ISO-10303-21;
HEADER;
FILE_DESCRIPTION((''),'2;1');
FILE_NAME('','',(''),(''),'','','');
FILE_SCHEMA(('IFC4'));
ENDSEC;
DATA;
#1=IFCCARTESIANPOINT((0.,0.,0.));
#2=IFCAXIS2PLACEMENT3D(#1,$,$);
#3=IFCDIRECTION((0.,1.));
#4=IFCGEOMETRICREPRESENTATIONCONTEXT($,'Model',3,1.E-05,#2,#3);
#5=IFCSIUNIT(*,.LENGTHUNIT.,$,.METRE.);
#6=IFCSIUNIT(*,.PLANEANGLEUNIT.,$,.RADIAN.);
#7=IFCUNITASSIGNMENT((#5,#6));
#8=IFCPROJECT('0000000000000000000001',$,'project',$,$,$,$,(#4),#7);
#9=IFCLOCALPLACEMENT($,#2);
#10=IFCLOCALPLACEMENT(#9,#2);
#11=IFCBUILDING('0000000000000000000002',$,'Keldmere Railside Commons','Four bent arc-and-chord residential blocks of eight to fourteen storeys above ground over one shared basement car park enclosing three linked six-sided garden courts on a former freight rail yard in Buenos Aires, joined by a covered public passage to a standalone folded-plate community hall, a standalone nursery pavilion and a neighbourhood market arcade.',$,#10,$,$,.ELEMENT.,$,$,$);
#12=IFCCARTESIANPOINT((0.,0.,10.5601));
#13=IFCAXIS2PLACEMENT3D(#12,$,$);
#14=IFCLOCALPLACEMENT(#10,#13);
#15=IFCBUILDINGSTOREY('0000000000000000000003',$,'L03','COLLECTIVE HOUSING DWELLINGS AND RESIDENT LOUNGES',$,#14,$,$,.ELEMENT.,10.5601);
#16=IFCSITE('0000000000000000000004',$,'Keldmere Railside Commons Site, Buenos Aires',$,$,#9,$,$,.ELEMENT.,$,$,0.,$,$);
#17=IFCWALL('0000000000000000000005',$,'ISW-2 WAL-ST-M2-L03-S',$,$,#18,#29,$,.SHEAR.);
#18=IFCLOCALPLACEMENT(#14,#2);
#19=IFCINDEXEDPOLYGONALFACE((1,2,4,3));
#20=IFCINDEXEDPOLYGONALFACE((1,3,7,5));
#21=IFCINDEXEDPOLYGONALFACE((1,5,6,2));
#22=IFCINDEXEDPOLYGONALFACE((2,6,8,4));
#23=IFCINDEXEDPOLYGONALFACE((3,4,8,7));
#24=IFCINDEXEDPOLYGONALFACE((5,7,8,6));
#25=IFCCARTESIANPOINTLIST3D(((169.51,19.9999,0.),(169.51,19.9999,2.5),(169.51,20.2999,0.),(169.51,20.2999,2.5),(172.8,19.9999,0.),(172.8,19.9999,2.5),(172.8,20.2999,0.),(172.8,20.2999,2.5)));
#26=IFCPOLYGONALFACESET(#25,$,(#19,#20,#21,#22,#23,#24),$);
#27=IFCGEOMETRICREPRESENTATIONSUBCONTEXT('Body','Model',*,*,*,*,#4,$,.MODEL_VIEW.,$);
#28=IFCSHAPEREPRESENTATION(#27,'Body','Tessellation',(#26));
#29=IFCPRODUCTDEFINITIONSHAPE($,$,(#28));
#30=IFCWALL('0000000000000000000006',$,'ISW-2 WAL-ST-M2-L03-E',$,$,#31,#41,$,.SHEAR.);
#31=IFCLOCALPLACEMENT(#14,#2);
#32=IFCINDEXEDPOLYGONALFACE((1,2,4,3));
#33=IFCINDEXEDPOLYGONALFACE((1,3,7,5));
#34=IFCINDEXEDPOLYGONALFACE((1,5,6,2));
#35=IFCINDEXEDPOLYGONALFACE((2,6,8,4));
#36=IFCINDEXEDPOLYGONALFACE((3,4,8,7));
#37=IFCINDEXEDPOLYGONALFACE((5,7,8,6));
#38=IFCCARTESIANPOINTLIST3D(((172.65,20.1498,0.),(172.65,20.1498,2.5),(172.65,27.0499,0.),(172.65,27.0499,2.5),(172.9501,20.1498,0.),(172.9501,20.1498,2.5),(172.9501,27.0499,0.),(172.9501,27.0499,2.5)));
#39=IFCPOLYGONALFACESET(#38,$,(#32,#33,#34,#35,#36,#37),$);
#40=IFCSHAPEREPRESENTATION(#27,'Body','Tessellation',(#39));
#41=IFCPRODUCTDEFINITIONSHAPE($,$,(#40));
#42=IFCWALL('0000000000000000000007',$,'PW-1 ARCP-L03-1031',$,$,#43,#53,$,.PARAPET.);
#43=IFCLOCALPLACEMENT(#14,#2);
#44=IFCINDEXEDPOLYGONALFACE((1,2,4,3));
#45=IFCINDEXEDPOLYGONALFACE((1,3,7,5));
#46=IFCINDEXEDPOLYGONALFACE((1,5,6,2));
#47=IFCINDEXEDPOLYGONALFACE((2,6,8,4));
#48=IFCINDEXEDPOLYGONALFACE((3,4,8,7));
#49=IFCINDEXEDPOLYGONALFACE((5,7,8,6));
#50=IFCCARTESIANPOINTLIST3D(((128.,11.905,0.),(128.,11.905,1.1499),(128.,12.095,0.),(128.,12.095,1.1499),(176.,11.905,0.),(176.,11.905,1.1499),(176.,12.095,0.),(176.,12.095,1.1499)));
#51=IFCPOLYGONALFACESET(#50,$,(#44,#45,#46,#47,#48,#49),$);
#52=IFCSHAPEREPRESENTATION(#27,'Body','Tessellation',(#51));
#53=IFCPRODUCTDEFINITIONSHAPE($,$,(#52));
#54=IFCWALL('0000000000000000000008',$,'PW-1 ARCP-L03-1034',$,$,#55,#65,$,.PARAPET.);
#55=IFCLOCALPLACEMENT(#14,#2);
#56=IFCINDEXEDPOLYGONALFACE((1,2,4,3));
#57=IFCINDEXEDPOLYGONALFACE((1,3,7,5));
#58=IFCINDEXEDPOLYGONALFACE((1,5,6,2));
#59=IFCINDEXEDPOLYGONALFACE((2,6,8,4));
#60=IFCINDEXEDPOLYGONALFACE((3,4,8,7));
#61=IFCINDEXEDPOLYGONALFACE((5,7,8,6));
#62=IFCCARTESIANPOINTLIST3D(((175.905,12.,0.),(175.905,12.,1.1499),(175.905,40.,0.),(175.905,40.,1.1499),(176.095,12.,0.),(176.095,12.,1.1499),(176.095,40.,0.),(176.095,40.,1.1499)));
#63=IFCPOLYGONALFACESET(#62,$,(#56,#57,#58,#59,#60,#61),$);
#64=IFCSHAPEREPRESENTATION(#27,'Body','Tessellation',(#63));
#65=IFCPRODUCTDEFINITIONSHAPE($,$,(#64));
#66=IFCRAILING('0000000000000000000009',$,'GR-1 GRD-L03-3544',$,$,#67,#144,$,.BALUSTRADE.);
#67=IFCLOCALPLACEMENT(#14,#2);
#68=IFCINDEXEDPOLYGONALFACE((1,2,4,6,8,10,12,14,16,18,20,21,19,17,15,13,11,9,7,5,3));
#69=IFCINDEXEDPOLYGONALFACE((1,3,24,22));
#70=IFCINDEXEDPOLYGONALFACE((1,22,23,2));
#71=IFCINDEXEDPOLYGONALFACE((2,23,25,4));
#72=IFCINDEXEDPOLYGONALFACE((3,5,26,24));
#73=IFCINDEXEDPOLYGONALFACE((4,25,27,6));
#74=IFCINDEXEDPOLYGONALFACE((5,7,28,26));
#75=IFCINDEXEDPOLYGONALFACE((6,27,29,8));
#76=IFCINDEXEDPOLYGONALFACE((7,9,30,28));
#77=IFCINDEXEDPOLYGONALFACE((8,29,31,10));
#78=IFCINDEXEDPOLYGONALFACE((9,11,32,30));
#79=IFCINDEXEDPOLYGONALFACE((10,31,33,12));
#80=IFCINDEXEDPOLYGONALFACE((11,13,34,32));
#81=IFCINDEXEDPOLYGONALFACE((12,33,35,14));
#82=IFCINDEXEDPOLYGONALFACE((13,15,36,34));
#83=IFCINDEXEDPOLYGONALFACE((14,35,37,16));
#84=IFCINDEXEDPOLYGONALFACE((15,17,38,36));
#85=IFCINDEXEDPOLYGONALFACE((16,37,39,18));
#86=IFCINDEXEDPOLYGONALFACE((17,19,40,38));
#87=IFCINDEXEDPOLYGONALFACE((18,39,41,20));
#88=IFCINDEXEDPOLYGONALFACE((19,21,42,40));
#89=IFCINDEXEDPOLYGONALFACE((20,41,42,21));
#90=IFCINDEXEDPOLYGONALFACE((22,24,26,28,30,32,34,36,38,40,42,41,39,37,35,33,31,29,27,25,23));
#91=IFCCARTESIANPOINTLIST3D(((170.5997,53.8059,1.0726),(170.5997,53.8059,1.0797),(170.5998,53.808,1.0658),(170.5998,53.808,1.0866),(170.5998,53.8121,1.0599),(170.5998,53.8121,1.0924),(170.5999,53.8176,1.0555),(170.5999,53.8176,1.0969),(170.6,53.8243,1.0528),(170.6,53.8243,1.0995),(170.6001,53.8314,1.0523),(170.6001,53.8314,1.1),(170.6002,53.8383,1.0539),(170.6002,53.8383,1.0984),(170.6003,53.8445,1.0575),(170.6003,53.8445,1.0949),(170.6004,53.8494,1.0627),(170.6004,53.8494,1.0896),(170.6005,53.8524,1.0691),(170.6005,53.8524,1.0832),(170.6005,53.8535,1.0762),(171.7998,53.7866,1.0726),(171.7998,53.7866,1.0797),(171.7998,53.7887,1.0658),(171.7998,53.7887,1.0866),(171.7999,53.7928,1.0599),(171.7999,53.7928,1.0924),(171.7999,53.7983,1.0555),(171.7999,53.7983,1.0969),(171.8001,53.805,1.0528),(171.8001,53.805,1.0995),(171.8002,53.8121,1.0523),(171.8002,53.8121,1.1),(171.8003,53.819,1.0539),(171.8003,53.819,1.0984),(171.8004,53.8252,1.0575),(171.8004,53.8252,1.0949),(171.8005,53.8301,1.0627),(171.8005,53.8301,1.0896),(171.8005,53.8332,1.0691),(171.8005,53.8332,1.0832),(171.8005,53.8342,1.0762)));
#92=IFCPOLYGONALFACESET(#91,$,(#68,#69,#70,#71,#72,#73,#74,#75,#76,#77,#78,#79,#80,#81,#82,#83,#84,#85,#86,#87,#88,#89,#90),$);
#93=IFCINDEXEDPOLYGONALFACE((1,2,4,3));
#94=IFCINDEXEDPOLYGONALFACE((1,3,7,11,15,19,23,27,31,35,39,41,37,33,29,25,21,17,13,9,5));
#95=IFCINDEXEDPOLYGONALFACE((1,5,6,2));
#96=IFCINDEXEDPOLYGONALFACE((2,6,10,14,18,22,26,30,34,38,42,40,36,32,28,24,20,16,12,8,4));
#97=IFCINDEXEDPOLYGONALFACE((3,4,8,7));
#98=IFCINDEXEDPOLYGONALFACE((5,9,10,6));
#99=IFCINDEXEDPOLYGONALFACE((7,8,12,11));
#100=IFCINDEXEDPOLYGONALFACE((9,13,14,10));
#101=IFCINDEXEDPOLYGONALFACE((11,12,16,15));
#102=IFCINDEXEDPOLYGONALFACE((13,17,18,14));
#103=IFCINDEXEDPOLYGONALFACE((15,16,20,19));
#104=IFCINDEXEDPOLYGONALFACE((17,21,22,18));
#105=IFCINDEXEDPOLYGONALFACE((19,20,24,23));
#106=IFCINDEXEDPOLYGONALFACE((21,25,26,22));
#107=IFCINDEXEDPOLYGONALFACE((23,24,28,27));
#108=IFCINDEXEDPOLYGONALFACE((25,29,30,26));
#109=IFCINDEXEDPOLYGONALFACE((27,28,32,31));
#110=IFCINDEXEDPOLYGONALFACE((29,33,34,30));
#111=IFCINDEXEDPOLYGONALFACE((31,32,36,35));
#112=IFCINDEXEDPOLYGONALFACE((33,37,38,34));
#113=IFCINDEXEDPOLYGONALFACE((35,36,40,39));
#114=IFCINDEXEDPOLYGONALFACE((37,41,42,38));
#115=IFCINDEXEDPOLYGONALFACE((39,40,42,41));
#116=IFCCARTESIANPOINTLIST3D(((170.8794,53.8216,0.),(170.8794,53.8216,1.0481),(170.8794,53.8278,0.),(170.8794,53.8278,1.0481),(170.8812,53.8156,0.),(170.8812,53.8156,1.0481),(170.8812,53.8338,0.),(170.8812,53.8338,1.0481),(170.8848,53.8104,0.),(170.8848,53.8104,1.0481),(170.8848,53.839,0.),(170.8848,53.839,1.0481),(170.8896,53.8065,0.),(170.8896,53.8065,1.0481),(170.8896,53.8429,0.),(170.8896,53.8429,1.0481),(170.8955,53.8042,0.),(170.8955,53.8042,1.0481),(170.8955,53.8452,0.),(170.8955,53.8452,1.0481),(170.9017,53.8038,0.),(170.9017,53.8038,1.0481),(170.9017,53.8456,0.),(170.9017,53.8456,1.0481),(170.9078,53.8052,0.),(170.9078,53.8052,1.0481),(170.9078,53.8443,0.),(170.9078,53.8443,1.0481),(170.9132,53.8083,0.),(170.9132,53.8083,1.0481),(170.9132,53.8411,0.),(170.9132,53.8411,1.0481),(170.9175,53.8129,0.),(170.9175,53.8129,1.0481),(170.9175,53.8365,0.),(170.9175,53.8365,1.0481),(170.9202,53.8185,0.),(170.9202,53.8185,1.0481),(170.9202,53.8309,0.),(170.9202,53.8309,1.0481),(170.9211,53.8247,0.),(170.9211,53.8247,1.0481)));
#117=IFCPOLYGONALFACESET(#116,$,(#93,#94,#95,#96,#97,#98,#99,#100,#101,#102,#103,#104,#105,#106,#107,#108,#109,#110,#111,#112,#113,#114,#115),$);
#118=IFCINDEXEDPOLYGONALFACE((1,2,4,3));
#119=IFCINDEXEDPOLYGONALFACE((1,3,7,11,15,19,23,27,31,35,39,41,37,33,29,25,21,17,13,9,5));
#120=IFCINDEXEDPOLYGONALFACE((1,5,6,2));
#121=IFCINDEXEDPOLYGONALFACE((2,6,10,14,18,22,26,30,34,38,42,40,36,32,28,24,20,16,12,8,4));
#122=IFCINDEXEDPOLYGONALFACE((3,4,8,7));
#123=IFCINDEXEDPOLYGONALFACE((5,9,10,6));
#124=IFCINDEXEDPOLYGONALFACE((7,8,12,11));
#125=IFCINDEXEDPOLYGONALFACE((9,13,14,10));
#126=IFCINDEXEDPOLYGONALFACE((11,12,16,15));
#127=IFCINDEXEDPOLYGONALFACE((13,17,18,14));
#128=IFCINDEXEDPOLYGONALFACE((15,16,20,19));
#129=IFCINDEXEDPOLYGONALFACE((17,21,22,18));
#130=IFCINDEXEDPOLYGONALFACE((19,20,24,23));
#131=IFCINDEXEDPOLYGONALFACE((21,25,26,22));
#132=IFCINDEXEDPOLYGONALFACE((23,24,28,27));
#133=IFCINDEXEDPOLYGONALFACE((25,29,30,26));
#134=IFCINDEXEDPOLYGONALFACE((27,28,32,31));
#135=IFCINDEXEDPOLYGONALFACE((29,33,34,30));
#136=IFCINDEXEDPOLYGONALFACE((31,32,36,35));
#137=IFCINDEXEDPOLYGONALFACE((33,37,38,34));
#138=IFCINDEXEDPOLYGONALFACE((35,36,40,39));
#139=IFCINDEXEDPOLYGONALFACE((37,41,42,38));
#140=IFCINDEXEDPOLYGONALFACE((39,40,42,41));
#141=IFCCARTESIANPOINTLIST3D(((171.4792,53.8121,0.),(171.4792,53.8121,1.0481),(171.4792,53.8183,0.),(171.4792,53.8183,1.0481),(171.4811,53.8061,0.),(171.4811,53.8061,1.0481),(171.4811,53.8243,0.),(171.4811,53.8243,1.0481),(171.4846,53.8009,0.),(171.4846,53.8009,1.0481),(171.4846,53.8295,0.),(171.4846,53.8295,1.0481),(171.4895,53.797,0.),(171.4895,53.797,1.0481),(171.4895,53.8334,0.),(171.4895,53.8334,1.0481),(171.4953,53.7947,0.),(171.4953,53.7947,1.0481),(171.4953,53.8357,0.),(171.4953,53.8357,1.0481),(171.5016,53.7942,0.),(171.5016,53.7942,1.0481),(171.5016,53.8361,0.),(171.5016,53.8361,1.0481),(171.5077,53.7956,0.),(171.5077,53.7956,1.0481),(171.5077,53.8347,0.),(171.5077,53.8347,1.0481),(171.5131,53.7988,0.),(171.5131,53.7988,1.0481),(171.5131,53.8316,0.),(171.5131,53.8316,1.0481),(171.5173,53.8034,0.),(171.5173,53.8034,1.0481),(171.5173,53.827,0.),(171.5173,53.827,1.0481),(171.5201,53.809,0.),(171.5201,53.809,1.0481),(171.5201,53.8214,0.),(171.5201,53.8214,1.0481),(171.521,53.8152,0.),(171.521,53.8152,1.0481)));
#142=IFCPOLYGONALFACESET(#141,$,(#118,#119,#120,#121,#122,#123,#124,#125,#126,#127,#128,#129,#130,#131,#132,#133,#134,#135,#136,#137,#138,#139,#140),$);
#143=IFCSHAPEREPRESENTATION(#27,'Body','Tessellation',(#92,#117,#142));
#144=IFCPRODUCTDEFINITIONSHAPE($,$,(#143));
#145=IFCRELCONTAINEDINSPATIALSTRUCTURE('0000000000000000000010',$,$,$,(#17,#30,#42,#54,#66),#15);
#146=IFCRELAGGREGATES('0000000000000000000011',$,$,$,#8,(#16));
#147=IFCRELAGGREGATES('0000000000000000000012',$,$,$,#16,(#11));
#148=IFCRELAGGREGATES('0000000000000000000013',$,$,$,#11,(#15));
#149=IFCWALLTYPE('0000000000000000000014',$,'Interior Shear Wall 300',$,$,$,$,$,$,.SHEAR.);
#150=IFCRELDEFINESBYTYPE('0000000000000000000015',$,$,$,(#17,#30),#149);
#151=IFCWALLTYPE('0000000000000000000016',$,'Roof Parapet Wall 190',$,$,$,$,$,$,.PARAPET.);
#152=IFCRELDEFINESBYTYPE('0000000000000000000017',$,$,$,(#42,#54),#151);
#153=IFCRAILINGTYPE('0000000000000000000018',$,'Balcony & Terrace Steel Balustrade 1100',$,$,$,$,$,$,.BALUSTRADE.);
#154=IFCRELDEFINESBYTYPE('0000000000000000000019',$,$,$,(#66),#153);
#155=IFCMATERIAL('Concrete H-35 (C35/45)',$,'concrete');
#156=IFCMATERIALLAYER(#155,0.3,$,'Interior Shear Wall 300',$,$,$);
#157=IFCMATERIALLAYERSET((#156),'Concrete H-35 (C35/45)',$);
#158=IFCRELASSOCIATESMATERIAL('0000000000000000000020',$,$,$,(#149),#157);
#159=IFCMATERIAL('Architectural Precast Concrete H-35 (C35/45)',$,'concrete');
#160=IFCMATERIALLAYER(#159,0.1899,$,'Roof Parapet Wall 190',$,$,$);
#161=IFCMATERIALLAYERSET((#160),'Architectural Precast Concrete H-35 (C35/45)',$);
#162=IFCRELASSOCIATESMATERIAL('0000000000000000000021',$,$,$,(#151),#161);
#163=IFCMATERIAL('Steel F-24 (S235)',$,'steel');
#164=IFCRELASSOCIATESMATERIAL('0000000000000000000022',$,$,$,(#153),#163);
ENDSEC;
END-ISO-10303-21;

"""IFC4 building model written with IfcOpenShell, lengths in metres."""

from ifc_helpers import new_model, si_unit, direction, frame, frame_2d, origin, origin_2d, place, context, subcontext, project, spatial, rectangle, circle, extrude, material, layer, layer_set, type_object, element, save


model = new_model("IFC4")

# Units and contexts
model_context = context("Model", 3, precision=1e-05, world=origin(), true_north=direction((0.0, 1.0)))
body_context = subcontext(model_context, "Body", "Model", "MODEL_VIEW")
ifc_project = project(units=[si_unit("LENGTHUNIT", "METRE"), si_unit("PLANEANGLEUNIT", "RADIAN")], contexts=[model_context])

# Site, building, storey
site_placement = place(None, origin())
site = spatial("IfcSite", under=ifc_project, at=site_placement, Name="Keldmere Railside Commons Site, Buenos Aires", CompositionType="ELEMENT", RefElevation=0.0)
building_placement = place(site_placement, origin())
building = spatial("IfcBuilding", under=site, at=building_placement, Name="Keldmere Railside Commons", Description="Four bent arc-and-chord residential blocks of eight to fourteen storeys above ground over one shared basement car park enclosing three linked six-sided garden courts on a former freight rail yard in Buenos Aires, joined by a covered public passage to a standalone folded-plate community hall, a standalone nursery pavilion and a neighbourhood market arcade.", CompositionType="ELEMENT")
storey_placement = place(building_placement, frame((0.0, 0.0, 10.5601)))
storey = spatial("IfcBuildingStorey", under=building, at=storey_placement, Name="L03", Description="COLLECTIVE HOUSING DWELLINGS AND RESIDENT LOUNGES", CompositionType="ELEMENT", Elevation=10.5601)

# Walls
ifc_material_1 = material(Name="Concrete H-35 (C35/45)", Category="concrete")
ifc_layer_1 = layer(ifc_material_1, 0.3, Name="Interior Shear Wall 300")
ifc_layer_set_1 = layer_set([ifc_layer_1], Name="Concrete H-35 (C35/45)")
wall_type_1 = type_object("IfcWallType", Name="Interior Shear Wall 300", PredefinedType="SHEAR", material=ifc_layer_set_1)
wall_1_placement = place(storey_placement, frame((172.8, 20.1499, 0.0), z_axis=(0.0, 0.0, 1.0), x_axis=(-1.0, 0.0, 0.0)))
element("IfcWall", 1, at=wall_1_placement, inside=storey, type_object=wall_type_1, Name="ISW-2 WAL-ST-M2-L03-S", PredefinedType="SHEAR", context=body_context, shape_type="SweptSolid", body=[
    extrude(rectangle(XDim=3.29, YDim=0.3, at=frame_2d((1.645, 0.0))), origin(), (0.0, 0.0, 1.0), 2.5),
])
wall_2_placement = place(storey_placement, frame((172.8, 27.05, 0.0), z_axis=(0.0, 0.0, 1.0), x_axis=(0.0, -1.0, 0.0)))
element("IfcWall", 2, at=wall_2_placement, inside=storey, type_object=wall_type_1, Name="ISW-2 WAL-ST-M2-L03-E", PredefinedType="SHEAR", context=body_context, shape_type="SweptSolid", body=[
    extrude(rectangle(XDim=6.9001, YDim=0.3, at=frame_2d((3.4502, 0.0))), origin(), (0.0, 0.0, 1.0), 2.5),
])
ifc_material_2 = material(Name="Architectural Precast Concrete H-35 (C35/45)", Category="concrete")
ifc_layer_2 = layer(ifc_material_2, 0.1899, Name="Roof Parapet Wall 190")
ifc_layer_set_2 = layer_set([ifc_layer_2], Name="Architectural Precast Concrete H-35 (C35/45)")
wall_type_2 = type_object("IfcWallType", Name="Roof Parapet Wall 190", PredefinedType="PARAPET", material=ifc_layer_set_2)
wall_3_placement = place(storey_placement, frame((176.0, 12.0, 0.0), z_axis=(0.0, 0.0, 1.0), x_axis=(-1.0, 0.0, 0.0)))
element("IfcWall", 3, at=wall_3_placement, inside=storey, type_object=wall_type_2, Name="PW-1 ARCP-L03-1031", PredefinedType="PARAPET", context=body_context, shape_type="SweptSolid", body=[
    extrude(rectangle(XDim=48.0, YDim=0.1899, at=frame_2d((24.0, 0.0))), origin(), (0.0, 0.0, 1.0), 1.1499),
])
wall_4_placement = place(storey_placement, frame((176.0, 40.0, 0.0), z_axis=(0.0, 0.0, 1.0), x_axis=(0.0, -1.0, 0.0)))
element("IfcWall", 4, at=wall_4_placement, inside=storey, type_object=wall_type_2, Name="PW-1 ARCP-L03-1034", PredefinedType="PARAPET", context=body_context, shape_type="SweptSolid", body=[
    extrude(rectangle(XDim=28.0, YDim=0.1899, at=frame_2d((14.0, 0.0))), origin(), (0.0, 0.0, 1.0), 1.1499),
])

# Railing
ifc_material_3 = material(Name="Steel F-24 (S235)", Category="steel")
railing_type_1 = type_object("IfcRailingType", Name="Balcony & Terrace Steel Balustrade 1100", PredefinedType="BALUSTRADE", material=ifc_material_3)
railing_1_placement = place(storey_placement, frame((170.6001, 53.8296, 0.0)))
element("IfcRailing", 5, at=railing_1_placement, inside=storey, type_object=railing_type_1, Name="GR-1 GRD-L03-3544", PredefinedType="BALUSTRADE", context=body_context, shape_type="SweptSolid", body=[
    extrude(circle(Radius=0.0239, at=origin_2d()), frame((0.0, 0.0, 1.0762), z_axis=(0.999871, -0.016071, 0.0), x_axis=(0.016071, 0.999871, 0.0)), (0.0, 0.0, 1.0), 1.2002),
    extrude(circle(Radius=0.021, at=origin_2d()), frame((0.3, -0.0049, 0.0)), (0.0, 0.0, 1.0), 1.0481),
    extrude(circle(Radius=0.021, at=origin_2d()), frame((0.8999, -0.0144, 0.0)), (0.0, 0.0, 1.0), 1.0481),
])

save(model, "model.ifc")
